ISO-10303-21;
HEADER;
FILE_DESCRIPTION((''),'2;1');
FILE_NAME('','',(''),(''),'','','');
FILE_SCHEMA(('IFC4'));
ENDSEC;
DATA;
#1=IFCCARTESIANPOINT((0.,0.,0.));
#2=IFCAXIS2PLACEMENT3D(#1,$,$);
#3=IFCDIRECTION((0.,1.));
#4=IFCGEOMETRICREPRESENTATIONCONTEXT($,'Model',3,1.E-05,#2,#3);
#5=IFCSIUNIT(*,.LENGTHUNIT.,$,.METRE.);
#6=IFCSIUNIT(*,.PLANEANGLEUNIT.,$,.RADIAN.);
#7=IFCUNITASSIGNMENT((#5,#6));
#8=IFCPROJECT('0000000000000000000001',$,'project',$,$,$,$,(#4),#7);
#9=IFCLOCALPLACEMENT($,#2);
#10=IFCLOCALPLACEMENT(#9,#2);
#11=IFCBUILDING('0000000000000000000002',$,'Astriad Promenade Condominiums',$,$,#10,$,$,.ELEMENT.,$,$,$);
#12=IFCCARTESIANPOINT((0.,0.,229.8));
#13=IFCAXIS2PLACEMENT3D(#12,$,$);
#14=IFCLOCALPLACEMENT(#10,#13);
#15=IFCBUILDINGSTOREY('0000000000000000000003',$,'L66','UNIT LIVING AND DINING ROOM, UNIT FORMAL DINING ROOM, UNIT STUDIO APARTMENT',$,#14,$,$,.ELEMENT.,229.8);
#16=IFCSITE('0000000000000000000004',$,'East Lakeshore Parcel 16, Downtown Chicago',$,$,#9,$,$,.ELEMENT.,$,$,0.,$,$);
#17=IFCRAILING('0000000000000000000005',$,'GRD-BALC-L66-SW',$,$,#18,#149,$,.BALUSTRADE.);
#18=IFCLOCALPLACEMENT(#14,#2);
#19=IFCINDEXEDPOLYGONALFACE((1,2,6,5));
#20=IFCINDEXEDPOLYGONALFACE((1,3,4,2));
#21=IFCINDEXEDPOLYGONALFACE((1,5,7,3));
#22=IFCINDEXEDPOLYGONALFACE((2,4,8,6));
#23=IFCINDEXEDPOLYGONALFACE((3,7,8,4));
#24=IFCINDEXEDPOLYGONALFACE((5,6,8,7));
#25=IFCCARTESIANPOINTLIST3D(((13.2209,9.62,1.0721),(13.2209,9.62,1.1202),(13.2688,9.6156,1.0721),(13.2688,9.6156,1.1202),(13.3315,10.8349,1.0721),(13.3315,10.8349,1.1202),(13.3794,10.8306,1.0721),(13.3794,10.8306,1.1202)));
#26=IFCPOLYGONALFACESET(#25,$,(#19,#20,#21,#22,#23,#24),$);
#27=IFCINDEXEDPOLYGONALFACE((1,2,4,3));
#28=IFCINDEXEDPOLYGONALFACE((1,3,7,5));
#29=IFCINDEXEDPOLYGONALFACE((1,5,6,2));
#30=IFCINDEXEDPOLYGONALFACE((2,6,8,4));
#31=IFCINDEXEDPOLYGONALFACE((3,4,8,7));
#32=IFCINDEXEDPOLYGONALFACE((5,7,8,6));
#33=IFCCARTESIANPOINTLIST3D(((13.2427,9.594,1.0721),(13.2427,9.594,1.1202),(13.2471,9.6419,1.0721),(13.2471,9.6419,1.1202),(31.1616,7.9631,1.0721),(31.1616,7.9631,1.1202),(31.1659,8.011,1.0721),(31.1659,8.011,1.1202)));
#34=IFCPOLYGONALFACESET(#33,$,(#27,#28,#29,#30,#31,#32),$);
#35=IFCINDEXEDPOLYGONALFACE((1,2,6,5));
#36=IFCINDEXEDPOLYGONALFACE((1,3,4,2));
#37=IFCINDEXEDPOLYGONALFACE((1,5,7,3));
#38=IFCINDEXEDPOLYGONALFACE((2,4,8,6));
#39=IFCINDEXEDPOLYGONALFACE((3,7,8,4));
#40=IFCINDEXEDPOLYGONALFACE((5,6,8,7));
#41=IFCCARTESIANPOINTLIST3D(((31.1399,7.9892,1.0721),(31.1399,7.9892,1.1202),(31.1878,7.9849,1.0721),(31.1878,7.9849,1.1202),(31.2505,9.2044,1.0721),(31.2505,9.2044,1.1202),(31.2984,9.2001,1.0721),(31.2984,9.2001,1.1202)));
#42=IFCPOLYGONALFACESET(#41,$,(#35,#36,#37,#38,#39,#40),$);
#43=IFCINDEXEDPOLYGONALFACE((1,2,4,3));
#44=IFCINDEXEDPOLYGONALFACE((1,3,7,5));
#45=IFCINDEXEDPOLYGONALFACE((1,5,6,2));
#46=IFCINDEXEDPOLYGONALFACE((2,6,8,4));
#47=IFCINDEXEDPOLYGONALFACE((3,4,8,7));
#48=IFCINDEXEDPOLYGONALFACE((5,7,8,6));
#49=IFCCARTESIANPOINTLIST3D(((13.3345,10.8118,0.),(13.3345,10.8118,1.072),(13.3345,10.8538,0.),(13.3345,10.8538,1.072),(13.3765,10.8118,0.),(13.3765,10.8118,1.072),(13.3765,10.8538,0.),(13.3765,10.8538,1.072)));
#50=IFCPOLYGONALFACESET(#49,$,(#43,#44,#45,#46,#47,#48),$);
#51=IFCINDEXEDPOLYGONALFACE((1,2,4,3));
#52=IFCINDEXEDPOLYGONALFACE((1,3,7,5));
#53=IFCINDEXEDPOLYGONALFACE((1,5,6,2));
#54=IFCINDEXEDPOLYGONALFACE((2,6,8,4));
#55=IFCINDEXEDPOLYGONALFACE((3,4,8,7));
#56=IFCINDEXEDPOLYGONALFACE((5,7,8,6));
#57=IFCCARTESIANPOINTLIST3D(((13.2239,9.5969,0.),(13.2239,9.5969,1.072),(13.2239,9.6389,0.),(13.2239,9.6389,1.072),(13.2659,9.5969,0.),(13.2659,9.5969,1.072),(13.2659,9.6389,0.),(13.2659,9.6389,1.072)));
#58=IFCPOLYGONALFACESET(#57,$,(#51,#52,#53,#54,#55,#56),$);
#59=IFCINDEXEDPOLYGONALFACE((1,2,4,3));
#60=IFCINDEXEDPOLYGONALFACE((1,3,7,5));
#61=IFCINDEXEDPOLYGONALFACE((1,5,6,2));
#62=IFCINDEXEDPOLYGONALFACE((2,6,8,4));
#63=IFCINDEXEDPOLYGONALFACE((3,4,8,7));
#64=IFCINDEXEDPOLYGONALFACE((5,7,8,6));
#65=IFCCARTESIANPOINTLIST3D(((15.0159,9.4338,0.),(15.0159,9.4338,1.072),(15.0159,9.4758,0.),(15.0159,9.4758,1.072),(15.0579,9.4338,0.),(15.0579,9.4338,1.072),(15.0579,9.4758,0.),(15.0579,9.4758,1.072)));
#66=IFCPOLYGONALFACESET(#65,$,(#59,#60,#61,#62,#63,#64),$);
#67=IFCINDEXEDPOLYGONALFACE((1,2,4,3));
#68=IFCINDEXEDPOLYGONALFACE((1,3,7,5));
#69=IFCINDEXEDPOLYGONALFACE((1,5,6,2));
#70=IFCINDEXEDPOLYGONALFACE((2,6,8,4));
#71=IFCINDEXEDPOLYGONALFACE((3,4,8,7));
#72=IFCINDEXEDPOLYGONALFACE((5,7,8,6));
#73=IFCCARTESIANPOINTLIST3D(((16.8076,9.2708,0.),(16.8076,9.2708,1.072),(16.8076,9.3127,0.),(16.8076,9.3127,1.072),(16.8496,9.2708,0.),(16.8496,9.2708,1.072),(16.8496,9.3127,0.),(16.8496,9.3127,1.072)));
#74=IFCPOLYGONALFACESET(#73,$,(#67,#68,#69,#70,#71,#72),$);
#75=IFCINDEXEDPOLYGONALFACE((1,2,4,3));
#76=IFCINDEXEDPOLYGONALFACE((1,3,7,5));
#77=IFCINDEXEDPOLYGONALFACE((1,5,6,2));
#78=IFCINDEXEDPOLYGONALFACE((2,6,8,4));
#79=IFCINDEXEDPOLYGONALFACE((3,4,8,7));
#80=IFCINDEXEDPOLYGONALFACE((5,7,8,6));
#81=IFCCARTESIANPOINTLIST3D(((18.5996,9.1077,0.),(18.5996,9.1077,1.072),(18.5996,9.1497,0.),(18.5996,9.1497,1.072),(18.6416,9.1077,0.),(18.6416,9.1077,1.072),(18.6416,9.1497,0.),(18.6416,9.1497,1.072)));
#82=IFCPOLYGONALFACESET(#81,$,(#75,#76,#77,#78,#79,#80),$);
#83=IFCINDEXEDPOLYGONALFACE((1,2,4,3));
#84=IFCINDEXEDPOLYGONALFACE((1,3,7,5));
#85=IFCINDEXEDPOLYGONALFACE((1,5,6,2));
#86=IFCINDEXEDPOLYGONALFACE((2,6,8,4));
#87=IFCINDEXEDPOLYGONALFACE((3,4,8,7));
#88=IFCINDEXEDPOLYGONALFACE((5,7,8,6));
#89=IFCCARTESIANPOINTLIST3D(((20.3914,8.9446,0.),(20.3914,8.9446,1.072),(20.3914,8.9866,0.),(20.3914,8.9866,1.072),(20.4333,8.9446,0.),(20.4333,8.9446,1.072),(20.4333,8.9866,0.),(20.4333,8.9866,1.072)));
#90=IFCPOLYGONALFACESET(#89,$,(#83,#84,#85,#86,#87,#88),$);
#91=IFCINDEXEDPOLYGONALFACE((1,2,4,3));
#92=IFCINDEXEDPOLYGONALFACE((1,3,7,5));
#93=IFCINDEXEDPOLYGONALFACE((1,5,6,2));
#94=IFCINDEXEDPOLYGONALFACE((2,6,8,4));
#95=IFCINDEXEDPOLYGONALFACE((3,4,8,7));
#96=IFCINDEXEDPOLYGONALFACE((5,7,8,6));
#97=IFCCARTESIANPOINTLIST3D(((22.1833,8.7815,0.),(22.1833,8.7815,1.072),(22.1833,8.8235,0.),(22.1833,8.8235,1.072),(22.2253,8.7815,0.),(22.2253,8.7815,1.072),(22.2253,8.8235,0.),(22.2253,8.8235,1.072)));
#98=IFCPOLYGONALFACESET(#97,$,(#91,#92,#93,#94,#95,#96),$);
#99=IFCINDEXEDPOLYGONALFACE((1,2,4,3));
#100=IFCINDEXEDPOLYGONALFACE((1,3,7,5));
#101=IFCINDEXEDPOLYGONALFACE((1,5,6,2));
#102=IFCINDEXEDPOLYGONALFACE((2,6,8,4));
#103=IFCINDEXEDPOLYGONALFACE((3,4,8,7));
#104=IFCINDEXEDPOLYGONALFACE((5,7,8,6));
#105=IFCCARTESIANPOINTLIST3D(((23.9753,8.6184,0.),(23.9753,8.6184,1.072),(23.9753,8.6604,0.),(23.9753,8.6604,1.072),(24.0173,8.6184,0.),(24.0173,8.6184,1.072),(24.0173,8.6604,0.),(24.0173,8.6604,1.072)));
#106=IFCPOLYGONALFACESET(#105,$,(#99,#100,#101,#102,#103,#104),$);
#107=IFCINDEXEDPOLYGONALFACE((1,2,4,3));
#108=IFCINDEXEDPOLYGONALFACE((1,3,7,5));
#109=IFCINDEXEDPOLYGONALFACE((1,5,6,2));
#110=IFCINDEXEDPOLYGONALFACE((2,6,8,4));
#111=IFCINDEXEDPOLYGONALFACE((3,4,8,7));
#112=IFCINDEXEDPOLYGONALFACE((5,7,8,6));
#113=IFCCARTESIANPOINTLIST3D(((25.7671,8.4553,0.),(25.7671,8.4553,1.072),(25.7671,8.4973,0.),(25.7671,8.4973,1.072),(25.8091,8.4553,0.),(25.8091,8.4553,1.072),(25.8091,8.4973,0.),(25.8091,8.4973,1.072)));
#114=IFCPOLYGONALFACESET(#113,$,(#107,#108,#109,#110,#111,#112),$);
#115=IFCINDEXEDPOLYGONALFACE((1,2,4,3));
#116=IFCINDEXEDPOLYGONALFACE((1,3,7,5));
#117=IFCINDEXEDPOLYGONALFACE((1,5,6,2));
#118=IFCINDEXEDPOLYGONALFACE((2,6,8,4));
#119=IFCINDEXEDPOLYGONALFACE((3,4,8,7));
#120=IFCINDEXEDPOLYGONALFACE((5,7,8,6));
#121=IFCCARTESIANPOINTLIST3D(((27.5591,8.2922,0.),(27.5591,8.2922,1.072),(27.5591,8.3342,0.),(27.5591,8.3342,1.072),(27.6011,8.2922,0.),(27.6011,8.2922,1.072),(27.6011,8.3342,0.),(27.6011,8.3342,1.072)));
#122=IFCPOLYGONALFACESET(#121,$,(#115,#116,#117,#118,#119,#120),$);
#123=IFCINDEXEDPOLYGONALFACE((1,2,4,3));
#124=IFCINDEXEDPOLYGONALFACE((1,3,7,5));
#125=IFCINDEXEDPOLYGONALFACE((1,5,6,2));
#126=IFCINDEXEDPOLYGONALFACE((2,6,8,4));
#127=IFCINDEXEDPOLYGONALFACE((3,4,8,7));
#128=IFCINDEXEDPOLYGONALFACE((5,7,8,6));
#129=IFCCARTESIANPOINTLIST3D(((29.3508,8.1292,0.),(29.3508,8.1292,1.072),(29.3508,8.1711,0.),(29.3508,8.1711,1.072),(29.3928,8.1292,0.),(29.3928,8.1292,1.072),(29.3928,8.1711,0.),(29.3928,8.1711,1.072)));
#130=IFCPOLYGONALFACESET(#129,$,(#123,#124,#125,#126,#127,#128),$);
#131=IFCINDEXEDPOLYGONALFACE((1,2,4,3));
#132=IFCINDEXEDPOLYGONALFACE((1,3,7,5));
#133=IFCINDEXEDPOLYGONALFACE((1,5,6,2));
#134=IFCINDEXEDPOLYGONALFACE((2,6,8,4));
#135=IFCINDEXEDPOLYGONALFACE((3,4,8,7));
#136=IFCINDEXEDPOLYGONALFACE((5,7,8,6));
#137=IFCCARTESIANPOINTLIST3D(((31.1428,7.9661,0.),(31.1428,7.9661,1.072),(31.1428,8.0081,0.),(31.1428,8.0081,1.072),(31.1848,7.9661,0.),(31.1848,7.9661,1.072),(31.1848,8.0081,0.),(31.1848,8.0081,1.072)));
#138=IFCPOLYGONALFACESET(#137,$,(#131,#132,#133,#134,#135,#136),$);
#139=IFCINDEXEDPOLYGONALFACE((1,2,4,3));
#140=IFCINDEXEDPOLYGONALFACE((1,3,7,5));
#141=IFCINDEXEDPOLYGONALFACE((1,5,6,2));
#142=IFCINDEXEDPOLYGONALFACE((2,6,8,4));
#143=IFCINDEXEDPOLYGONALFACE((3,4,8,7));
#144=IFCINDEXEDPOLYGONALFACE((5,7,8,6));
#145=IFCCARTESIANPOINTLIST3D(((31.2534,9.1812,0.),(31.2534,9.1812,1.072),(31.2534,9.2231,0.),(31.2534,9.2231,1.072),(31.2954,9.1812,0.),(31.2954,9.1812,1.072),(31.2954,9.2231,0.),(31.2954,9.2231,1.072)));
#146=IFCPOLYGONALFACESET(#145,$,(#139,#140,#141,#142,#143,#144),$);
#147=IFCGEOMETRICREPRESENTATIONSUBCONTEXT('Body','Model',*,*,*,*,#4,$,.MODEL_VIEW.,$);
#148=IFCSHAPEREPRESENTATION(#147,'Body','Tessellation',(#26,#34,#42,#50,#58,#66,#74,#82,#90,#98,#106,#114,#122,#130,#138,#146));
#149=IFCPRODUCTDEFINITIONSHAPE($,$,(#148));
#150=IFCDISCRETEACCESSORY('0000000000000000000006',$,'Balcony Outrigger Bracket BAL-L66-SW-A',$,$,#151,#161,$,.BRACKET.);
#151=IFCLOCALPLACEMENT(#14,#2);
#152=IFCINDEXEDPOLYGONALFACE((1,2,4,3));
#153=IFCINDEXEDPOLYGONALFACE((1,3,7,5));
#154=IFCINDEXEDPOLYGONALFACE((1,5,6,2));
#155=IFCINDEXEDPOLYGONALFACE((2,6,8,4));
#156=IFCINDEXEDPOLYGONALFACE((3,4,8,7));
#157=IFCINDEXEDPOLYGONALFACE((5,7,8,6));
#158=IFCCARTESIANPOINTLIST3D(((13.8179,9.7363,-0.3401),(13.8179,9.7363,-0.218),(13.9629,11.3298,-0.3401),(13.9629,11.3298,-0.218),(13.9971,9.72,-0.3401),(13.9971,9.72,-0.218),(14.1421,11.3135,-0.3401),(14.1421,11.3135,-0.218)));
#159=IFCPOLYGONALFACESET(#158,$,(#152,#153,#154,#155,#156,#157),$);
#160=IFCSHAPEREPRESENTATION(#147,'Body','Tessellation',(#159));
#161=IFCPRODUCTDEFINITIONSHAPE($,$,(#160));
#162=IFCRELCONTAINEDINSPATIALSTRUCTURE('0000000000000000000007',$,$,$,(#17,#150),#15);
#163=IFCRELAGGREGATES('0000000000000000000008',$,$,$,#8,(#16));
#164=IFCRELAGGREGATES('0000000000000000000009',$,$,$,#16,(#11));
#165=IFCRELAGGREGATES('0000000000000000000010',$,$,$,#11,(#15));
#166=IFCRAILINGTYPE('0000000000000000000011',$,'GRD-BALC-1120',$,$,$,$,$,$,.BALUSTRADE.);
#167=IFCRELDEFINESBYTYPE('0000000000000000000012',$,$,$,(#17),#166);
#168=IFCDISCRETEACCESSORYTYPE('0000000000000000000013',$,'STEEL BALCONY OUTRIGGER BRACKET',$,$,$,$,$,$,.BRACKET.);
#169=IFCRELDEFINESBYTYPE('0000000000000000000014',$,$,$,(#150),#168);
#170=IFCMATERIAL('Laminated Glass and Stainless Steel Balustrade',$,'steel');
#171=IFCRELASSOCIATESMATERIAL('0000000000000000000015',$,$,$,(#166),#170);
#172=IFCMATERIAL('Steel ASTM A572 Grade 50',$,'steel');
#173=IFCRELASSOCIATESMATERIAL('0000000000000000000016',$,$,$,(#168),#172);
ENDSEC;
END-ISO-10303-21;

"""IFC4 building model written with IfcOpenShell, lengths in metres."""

from ifc_helpers import new_model, si_unit, direction, frame, origin, origin_2d, place, context, subcontext, project, spatial, rectangle, extrude, source, transform, mapped, material, type_object, type_shapes, element, save


model = new_model("IFC4")

# Units and contexts
model_context = context("Model", 3, precision=1e-05, world=origin(), true_north=direction((0.0, 1.0)))
body_context = subcontext(model_context, "Body", "Model", "MODEL_VIEW")
ifc_project = project(units=[si_unit("LENGTHUNIT", "METRE"), si_unit("PLANEANGLEUNIT", "RADIAN")], contexts=[model_context])

# Site, building, storey
site_placement = place(None, origin())
site = spatial("IfcSite", under=ifc_project, at=site_placement, Name="East Lakeshore Parcel 16, Downtown Chicago", CompositionType="ELEMENT", RefElevation=0.0)
building_placement = place(site_placement, origin())
building = spatial("IfcBuilding", under=site, at=building_placement, Name="Astriad Promenade Condominiums", CompositionType="ELEMENT")
storey_placement = place(building_placement, frame((0.0, 0.0, 229.8)))
storey = spatial("IfcBuildingStorey", under=building, at=storey_placement, Name="L66", Description="UNIT LIVING AND DINING ROOM, UNIT FORMAL DINING ROOM, UNIT STUDIO APARTMENT", CompositionType="ELEMENT", Elevation=229.8)

# Railing
ifc_material_1 = material(Name="Laminated Glass and Stainless Steel Balustrade", Category="steel")
railing_type = type_object("IfcRailingType", Name="GRD-BALC-1120", PredefinedType="BALUSTRADE", material=ifc_material_1)
shared_shape_1 = source(origin(), body_context, "Body", "SweptSolid", [
    extrude(rectangle(XDim=0.0481, YDim=0.0481, at=origin_2d()), frame((0.0, 0.0, 1.0962), z_axis=(-0.090662, -0.995882, 0.0), x_axis=(0.995882, -0.090662, 0.0)), (0.0, 0.0, 1.0), 1.22),
    extrude(rectangle(XDim=0.0481, YDim=0.0481, at=origin_2d()), frame((-0.1106, -1.2148, 1.0962), z_axis=(0.995884, -0.090639, 0.0), x_axis=(0.090639, 0.995884, 0.0)), (0.0, 0.0, 1.0), 17.9929),
    extrude(rectangle(XDim=0.0481, YDim=0.0481, at=origin_2d()), frame((17.8083, -2.8457, 1.0962), z_axis=(0.090644, 0.995883, 0.0), x_axis=(-0.995883, 0.090644, 0.0)), (0.0, 0.0, 1.0), 1.2202),
    extrude(rectangle(XDim=0.042, YDim=0.042, at=origin_2d()), origin(), (0.0, 0.0, 1.0), 1.072),
    extrude(rectangle(XDim=0.042, YDim=0.042, at=origin_2d()), frame((-0.1106, -1.2148, 0.0)), (0.0, 0.0, 1.0), 1.072),
    extrude(rectangle(XDim=0.042, YDim=0.042, at=origin_2d()), frame((1.6814, -1.3779, 0.0)), (0.0, 0.0, 1.0), 1.072),
    extrude(rectangle(XDim=0.042, YDim=0.042, at=origin_2d()), frame((3.4731, -1.541, 0.0)), (0.0, 0.0, 1.0), 1.072),
    extrude(rectangle(XDim=0.042, YDim=0.042, at=origin_2d()), frame((5.2651, -1.7041, 0.0)), (0.0, 0.0, 1.0), 1.072),
    extrude(rectangle(XDim=0.042, YDim=0.042, at=origin_2d()), frame((7.0569, -1.8672, 0.0)), (0.0, 0.0, 1.0), 1.072),
    extrude(rectangle(XDim=0.042, YDim=0.042, at=origin_2d()), frame((8.8489, -2.0303, 0.0)), (0.0, 0.0, 1.0), 1.072),
    extrude(rectangle(XDim=0.042, YDim=0.042, at=origin_2d()), frame((10.6409, -2.1934, 0.0)), (0.0, 0.0, 1.0), 1.072),
    extrude(rectangle(XDim=0.042, YDim=0.042, at=origin_2d()), frame((12.4326, -2.3564, 0.0)), (0.0, 0.0, 1.0), 1.072),
    extrude(rectangle(XDim=0.042, YDim=0.042, at=origin_2d()), frame((14.2246, -2.5195, 0.0)), (0.0, 0.0, 1.0), 1.072),
    extrude(rectangle(XDim=0.042, YDim=0.042, at=origin_2d()), frame((16.0164, -2.6826, 0.0)), (0.0, 0.0, 1.0), 1.072),
    extrude(rectangle(XDim=0.042, YDim=0.042, at=origin_2d()), frame((17.8083, -2.8457, 0.0)), (0.0, 0.0, 1.0), 1.072),
    extrude(rectangle(XDim=0.042, YDim=0.042, at=origin_2d()), frame((17.9189, -1.6306, 0.0)), (0.0, 0.0, 1.0), 1.072),
])
type_shapes(railing_type, [shared_shape_1])
railing_placement = place(storey_placement, frame((13.3555, 10.8328, 0.0)))
element("IfcRailing", 1, at=railing_placement, inside=storey, type_object=railing_type, Name="GRD-BALC-L66-SW", PredefinedType="BALUSTRADE", context=body_context, shape_type="MappedRepresentation", body=[
    mapped(shared_shape_1, transform((0.0, 0.0, 0.0), scale=1.0)),
])

# Discrete accessory
ifc_material_2 = material(Name="Steel ASTM A572 Grade 50", Category="steel")
discrete_accessory_type = type_object("IfcDiscreteAccessoryType", Name="STEEL BALCONY OUTRIGGER BRACKET", PredefinedType="BRACKET", material=ifc_material_2)
shared_shape_2 = source(origin(), body_context, "Body", "SweptSolid", [
    extrude(rectangle(XDim=1.6001, YDim=0.1799, at=origin_2d()), origin(), (0.0, 0.0, 1.0), 0.1221),
])
type_shapes(discrete_accessory_type, [shared_shape_2])
discrete_accessory_placement = place(storey_placement, frame((13.98, 10.5249, -0.3401), z_axis=(0.0, 0.0, 1.0), x_axis=(-0.090633, -0.995884, 0.0)))
element("IfcDiscreteAccessory", 2, at=discrete_accessory_placement, inside=storey, type_object=discrete_accessory_type, Name="Balcony Outrigger Bracket BAL-L66-SW-A", PredefinedType="BRACKET", context=body_context, shape_type="MappedRepresentation", body=[
    mapped(shared_shape_2, transform((0.0, 0.0, 0.0), scale=1.0)),
])

save(model, "model.ifc")
